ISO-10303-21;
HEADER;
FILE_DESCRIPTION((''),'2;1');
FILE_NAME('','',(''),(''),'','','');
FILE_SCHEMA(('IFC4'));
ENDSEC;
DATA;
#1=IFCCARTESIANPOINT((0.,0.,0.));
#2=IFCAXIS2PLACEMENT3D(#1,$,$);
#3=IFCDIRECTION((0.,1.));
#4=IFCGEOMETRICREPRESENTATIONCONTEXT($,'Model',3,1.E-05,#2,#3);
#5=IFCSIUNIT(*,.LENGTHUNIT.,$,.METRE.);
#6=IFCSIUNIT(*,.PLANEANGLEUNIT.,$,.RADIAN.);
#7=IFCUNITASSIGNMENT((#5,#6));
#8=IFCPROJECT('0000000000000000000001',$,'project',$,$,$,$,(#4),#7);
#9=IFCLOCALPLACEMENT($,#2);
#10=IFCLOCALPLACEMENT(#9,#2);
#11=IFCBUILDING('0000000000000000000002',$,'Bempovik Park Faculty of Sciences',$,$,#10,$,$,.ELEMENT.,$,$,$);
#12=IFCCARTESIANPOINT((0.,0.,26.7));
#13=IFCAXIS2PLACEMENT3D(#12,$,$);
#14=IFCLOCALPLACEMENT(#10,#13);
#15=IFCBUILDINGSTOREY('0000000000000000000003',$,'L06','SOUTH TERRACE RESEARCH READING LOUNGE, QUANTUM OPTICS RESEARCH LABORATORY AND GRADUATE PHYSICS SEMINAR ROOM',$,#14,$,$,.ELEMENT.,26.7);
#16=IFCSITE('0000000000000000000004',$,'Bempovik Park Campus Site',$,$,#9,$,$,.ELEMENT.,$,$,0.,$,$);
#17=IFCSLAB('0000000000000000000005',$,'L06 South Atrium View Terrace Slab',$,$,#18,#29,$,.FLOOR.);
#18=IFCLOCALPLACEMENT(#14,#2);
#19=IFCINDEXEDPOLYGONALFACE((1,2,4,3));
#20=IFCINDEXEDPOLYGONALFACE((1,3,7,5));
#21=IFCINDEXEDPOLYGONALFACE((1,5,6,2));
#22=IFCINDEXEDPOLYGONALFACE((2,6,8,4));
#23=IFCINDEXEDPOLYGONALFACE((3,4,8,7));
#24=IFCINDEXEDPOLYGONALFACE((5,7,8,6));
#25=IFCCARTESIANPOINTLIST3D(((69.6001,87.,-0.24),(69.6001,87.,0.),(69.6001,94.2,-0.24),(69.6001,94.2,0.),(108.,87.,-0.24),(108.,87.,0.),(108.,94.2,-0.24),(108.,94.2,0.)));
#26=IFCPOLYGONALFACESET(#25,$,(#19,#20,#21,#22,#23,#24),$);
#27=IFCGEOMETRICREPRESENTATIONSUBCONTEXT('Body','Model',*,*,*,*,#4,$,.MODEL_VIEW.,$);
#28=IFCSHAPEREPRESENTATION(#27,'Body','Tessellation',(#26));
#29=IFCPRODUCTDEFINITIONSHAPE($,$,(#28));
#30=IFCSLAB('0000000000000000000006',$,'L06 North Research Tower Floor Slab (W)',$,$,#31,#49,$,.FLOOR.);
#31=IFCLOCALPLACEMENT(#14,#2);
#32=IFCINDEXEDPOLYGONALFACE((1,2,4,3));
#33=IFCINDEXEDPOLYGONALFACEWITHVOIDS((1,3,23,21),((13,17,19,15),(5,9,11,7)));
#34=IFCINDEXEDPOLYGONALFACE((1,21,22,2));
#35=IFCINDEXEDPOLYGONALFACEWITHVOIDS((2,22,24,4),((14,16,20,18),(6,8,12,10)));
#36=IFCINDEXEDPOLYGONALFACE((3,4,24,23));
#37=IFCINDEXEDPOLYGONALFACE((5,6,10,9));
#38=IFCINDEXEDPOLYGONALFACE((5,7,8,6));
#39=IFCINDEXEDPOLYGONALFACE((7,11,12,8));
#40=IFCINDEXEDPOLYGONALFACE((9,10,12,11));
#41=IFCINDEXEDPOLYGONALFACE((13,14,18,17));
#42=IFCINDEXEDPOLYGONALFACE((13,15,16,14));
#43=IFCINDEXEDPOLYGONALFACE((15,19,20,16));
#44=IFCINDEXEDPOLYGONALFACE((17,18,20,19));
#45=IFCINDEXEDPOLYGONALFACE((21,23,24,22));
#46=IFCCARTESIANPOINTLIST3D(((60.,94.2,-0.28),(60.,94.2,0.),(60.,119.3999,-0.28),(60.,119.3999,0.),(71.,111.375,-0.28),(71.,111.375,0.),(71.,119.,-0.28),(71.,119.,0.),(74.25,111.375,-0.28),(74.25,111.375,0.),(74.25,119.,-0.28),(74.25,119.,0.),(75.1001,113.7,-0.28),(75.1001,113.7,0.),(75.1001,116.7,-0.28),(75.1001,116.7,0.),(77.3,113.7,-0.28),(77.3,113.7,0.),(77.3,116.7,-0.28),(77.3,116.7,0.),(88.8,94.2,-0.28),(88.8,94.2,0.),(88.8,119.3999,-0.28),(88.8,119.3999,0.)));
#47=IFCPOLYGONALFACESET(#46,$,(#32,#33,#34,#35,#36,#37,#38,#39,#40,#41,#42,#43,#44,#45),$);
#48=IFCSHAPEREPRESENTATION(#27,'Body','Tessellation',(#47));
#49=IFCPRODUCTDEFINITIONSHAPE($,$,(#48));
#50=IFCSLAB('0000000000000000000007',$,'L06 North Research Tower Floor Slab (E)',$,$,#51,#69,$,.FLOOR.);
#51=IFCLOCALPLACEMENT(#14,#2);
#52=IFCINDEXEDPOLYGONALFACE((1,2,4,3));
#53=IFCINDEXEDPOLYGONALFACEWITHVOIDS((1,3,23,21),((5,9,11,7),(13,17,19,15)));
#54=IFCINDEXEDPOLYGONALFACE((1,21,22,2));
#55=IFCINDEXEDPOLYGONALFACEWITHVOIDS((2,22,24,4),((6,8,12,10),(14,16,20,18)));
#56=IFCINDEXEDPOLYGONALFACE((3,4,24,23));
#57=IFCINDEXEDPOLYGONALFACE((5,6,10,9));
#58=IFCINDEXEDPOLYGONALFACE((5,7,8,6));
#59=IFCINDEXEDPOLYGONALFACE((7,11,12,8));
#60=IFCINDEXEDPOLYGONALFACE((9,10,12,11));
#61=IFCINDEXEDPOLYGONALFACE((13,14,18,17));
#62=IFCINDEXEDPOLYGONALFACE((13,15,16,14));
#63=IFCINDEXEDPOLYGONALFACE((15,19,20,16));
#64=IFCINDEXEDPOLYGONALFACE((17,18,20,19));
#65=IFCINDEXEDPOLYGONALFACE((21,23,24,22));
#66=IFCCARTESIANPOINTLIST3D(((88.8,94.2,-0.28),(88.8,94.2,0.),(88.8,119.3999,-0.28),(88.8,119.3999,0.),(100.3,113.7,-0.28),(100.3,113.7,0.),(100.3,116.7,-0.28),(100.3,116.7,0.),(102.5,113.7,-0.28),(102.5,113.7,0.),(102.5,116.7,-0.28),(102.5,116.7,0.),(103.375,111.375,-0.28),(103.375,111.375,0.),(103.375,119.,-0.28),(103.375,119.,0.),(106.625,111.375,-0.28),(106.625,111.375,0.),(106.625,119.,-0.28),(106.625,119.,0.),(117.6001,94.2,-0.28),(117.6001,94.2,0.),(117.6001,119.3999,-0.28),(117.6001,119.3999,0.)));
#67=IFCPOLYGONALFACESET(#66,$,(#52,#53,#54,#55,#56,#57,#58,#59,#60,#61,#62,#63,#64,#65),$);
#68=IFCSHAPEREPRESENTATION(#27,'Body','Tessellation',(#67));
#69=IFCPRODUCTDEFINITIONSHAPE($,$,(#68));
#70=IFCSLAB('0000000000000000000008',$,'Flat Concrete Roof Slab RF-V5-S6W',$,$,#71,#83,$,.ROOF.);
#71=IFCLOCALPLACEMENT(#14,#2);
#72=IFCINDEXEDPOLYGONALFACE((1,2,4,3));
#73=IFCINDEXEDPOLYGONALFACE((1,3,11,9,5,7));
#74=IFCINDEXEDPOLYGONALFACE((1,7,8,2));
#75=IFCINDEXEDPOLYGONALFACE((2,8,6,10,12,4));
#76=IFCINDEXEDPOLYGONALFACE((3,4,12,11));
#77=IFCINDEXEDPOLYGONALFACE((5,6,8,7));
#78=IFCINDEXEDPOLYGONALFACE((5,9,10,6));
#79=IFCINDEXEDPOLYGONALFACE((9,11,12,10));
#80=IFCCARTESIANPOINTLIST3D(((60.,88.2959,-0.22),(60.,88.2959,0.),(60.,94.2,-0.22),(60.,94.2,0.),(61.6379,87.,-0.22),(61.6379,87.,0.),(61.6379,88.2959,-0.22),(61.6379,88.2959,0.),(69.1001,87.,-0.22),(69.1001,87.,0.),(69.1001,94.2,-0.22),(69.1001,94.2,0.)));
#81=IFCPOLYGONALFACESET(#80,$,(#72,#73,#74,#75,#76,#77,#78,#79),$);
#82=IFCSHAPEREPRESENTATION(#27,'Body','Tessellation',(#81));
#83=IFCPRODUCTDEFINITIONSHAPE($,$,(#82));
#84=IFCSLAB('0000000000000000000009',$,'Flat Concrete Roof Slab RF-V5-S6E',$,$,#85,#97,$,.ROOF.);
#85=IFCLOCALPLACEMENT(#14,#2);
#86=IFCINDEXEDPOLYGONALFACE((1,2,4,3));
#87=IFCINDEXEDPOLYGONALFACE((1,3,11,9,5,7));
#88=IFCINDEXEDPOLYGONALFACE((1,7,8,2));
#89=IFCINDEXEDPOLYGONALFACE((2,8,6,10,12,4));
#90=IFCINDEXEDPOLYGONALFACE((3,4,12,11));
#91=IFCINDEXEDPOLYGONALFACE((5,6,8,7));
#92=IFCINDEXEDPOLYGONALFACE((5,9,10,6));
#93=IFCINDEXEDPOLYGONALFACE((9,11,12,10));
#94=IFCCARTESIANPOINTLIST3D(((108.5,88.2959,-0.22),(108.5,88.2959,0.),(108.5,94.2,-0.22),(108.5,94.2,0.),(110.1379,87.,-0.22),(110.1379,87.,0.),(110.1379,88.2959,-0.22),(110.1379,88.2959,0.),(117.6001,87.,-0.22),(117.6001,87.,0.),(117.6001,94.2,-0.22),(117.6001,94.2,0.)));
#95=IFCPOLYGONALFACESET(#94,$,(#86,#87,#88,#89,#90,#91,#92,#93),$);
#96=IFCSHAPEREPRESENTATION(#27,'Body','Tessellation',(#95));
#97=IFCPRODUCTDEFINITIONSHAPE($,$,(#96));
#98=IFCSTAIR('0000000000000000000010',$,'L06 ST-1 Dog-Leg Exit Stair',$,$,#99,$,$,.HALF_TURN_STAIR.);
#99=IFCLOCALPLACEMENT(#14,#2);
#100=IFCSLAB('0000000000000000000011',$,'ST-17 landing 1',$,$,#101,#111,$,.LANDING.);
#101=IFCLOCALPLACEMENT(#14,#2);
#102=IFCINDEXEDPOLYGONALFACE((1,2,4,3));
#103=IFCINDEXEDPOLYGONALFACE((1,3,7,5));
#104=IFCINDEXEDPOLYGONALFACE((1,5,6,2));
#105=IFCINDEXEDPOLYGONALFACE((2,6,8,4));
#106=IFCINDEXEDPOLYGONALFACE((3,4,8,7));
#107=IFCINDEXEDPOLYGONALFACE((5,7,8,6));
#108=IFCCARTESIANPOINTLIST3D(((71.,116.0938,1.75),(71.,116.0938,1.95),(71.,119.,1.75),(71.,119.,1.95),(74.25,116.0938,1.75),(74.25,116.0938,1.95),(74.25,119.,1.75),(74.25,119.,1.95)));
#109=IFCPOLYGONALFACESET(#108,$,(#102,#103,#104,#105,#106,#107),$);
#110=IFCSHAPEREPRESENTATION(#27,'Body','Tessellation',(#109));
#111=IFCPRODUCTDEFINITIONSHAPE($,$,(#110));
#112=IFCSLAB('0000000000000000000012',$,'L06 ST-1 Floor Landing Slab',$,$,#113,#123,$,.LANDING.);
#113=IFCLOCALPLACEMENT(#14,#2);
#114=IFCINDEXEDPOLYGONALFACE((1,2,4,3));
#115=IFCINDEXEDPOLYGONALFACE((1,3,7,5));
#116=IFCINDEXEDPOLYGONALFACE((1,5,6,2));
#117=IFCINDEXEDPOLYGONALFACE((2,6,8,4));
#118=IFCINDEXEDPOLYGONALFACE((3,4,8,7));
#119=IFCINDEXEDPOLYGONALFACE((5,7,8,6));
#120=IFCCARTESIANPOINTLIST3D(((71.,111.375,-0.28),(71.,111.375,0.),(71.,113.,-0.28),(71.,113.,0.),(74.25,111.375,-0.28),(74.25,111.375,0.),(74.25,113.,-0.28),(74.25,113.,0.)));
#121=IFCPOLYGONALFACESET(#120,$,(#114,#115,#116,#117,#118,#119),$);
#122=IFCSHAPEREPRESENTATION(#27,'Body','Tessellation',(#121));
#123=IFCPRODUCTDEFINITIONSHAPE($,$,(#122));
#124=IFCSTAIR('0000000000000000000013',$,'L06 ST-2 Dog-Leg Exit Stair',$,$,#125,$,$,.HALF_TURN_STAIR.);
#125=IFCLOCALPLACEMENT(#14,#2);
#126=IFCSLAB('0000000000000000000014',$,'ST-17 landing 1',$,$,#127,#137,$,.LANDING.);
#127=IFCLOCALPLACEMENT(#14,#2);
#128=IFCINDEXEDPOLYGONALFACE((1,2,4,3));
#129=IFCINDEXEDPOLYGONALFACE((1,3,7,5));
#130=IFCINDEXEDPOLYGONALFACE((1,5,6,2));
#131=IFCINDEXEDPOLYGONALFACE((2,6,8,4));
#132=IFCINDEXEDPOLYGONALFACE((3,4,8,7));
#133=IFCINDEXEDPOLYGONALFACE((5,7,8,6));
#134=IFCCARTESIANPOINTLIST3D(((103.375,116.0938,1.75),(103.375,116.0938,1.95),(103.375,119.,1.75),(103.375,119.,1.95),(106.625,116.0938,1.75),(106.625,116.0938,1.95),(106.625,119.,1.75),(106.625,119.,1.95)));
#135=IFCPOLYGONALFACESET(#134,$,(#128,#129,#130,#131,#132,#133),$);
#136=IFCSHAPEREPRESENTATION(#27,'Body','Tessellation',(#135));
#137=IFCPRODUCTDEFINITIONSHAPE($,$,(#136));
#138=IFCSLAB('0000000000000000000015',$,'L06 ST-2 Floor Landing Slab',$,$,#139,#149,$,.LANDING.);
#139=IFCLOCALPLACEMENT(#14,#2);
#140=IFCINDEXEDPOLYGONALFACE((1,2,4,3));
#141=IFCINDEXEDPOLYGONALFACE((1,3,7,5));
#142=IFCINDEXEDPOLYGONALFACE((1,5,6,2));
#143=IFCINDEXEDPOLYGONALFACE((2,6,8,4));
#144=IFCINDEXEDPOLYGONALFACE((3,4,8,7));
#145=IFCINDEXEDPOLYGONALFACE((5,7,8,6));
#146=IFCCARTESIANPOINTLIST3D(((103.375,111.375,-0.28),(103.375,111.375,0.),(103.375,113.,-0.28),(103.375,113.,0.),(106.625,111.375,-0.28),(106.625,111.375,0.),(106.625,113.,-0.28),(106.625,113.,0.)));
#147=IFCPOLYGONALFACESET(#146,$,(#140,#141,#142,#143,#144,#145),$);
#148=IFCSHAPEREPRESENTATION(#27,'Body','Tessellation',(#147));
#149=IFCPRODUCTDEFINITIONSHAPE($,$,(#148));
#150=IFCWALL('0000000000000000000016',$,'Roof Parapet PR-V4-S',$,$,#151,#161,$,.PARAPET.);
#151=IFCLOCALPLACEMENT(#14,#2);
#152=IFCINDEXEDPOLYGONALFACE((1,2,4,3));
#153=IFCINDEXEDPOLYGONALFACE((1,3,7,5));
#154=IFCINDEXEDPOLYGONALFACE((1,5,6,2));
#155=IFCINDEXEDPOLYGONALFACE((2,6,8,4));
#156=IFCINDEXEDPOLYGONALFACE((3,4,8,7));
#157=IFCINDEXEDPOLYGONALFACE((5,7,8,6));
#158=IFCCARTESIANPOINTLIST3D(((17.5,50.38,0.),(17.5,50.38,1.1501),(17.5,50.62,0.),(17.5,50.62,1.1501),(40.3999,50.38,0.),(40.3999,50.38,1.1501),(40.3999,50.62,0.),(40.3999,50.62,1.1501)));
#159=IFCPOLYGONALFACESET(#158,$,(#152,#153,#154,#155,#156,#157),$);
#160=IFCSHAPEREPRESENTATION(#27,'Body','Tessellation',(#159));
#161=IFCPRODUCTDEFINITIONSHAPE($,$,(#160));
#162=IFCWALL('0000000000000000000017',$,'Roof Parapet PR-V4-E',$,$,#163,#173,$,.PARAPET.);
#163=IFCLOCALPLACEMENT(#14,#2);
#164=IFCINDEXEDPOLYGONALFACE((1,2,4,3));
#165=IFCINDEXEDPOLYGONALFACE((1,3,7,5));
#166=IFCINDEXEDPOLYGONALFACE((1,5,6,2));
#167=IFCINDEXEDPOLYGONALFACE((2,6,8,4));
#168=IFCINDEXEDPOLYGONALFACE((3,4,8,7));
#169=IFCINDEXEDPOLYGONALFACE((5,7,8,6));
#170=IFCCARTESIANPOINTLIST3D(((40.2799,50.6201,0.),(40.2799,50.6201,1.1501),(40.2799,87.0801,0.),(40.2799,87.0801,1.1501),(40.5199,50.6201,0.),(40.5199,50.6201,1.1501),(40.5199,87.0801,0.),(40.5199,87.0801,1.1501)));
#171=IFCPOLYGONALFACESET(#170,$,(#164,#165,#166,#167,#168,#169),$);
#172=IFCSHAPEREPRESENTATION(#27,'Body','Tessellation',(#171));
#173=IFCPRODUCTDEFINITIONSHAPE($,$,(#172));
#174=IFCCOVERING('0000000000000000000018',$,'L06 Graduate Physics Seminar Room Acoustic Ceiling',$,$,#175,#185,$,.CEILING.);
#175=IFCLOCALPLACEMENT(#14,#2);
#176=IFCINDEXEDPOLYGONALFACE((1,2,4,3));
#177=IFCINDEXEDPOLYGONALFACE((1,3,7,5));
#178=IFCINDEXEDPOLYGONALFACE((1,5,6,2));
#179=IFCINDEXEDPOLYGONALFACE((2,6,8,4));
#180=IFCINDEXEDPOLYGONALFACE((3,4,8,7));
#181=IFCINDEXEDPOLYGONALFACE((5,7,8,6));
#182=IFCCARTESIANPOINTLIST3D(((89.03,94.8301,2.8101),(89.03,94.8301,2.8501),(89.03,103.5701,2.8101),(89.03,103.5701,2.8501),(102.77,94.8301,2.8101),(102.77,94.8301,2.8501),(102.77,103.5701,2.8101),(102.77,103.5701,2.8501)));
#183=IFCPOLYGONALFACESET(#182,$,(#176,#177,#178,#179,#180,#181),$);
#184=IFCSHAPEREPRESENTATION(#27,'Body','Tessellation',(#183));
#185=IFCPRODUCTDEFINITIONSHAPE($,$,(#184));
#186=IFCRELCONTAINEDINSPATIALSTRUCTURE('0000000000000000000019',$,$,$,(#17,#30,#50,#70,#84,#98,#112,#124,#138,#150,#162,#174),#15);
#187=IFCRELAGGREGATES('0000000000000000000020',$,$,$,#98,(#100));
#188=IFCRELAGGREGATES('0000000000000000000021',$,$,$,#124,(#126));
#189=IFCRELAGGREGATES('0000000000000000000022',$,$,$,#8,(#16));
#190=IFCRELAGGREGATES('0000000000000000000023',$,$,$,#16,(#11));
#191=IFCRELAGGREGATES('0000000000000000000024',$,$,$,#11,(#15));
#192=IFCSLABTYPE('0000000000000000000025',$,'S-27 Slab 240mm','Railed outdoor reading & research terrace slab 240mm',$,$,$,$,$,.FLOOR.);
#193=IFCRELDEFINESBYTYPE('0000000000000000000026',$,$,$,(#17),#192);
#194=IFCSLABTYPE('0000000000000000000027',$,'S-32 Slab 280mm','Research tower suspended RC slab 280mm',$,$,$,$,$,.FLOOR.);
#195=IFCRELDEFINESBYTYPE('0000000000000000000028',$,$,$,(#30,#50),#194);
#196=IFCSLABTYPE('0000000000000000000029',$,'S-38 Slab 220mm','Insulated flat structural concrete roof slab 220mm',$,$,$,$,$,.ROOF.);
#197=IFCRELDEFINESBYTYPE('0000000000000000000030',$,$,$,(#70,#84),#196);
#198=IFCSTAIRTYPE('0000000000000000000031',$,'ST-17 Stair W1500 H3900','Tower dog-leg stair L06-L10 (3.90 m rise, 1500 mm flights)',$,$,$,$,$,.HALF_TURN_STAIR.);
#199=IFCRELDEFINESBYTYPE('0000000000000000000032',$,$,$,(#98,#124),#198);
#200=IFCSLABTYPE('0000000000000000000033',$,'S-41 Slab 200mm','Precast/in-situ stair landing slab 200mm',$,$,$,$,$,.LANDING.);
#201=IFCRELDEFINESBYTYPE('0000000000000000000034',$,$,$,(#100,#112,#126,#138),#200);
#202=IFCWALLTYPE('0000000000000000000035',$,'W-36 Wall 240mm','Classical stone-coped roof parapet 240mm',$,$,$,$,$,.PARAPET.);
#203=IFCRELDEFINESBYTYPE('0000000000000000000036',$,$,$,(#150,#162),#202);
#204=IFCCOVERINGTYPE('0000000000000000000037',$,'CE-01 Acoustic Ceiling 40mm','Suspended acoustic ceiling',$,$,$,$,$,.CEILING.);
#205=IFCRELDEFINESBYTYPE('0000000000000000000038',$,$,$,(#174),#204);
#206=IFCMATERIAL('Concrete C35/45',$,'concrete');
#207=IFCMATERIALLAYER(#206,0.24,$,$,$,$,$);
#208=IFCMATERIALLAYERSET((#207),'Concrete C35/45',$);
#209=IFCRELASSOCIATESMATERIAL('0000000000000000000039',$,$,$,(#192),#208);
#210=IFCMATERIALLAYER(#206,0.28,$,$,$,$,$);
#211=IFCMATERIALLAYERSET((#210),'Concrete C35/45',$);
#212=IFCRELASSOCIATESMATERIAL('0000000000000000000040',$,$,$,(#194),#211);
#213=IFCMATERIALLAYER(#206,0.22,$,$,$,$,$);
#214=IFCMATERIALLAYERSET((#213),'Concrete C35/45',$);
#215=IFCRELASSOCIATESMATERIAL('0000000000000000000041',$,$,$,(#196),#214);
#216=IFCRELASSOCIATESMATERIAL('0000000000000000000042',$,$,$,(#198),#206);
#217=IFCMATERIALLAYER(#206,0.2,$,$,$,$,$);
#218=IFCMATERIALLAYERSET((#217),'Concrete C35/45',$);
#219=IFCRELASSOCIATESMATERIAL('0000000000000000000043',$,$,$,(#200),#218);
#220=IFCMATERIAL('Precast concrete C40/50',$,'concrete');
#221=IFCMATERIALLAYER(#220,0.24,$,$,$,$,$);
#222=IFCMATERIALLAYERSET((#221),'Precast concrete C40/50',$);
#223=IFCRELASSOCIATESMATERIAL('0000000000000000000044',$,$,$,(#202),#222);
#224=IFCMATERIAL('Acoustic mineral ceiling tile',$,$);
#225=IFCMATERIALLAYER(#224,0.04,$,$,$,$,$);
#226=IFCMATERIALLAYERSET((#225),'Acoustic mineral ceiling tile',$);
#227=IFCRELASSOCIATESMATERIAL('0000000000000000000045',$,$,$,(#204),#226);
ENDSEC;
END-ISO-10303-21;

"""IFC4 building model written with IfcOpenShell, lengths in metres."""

from ifc_helpers import new_model, si_unit, direction, frame, frame_2d, origin, place, context, subcontext, project, spatial, polyline, rectangle, outline, extrude, material, layer, layer_set, type_object, element, aggregate, save


model = new_model("IFC4")

# Units and contexts
model_context = context("Model", 3, precision=1e-05, world=origin(), true_north=direction((0.0, 1.0)))
body_context = subcontext(model_context, "Body", "Model", "MODEL_VIEW")
ifc_project = project(units=[si_unit("LENGTHUNIT", "METRE"), si_unit("PLANEANGLEUNIT", "RADIAN")], contexts=[model_context])

# Site, building, storey
site_placement = place(None, origin())
site = spatial("IfcSite", under=ifc_project, at=site_placement, Name="Bempovik Park Campus Site", CompositionType="ELEMENT", RefElevation=0.0)
building_placement = place(site_placement, origin())
building = spatial("IfcBuilding", under=site, at=building_placement, Name="Bempovik Park Faculty of Sciences", CompositionType="ELEMENT")
storey_placement = place(building_placement, frame((0.0, 0.0, 26.7)))
storey = spatial("IfcBuildingStorey", under=building, at=storey_placement, Name="L06", Description="SOUTH TERRACE RESEARCH READING LOUNGE, QUANTUM OPTICS RESEARCH LABORATORY AND GRADUATE PHYSICS SEMINAR ROOM", CompositionType="ELEMENT", Elevation=26.7)

# Slabs
ifc_material_1 = material(Name="Concrete C35/45", Category="concrete")
ifc_layer_1 = layer(ifc_material_1, 0.24)
ifc_layer_set_1 = layer_set([ifc_layer_1], Name="Concrete C35/45")
slab_type_1 = type_object("IfcSlabType", Name="S-27 Slab 240mm", Description="Railed outdoor reading & research terrace slab 240mm", PredefinedType="FLOOR", material=ifc_layer_set_1)
slab_1_placement = place(storey_placement, frame((0.0, 0.0, -0.24)))
element("IfcSlab", 1, at=slab_1_placement, inside=storey, type_object=slab_type_1, Name="L06 South Atrium View Terrace Slab", PredefinedType="FLOOR", context=body_context, shape_type="SweptSolid", body=[
    extrude(outline(polyline([(69.6001, 87.0), (108.0, 87.0), (108.0, 94.2), (69.6001, 94.2), (69.6001, 87.0)])), origin(), (0.0, 0.0, 1.0), 0.24),
])
ifc_layer_2 = layer(ifc_material_1, 0.28)
ifc_layer_set_2 = layer_set([ifc_layer_2], Name="Concrete C35/45")
slab_type_2 = type_object("IfcSlabType", Name="S-32 Slab 280mm", Description="Research tower suspended RC slab 280mm", PredefinedType="FLOOR", material=ifc_layer_set_2)
slab_2_placement = place(storey_placement, frame((0.0, 0.0, -0.28)))
element("IfcSlab", 2, at=slab_2_placement, inside=storey, type_object=slab_type_2, Name="L06 North Research Tower Floor Slab (W)", PredefinedType="FLOOR", context=body_context, shape_type="SweptSolid", body=[
    extrude(outline(polyline([(60.0, 94.2), (88.8, 94.2), (88.8, 119.3999), (60.0, 119.3999), (60.0, 94.2)]), holes=[polyline([(71.0, 111.375), (74.25, 111.375), (74.25, 119.0), (71.0, 119.0), (71.0, 111.375)]), polyline([(75.1001, 113.7), (77.3, 113.7), (77.3, 116.7), (75.1001, 116.7), (75.1001, 113.7)])]), origin(), (0.0, 0.0, 1.0), 0.28),
])
slab_3_placement = place(storey_placement, frame((0.0, 0.0, -0.28)))
element("IfcSlab", 3, at=slab_3_placement, inside=storey, type_object=slab_type_2, Name="L06 North Research Tower Floor Slab (E)", PredefinedType="FLOOR", context=body_context, shape_type="SweptSolid", body=[
    extrude(outline(polyline([(88.8, 94.2), (117.6001, 94.2), (117.6001, 119.3999), (88.8, 119.3999), (88.8, 94.2)]), holes=[polyline([(103.375, 111.375), (106.625, 111.375), (106.625, 119.0), (103.375, 119.0), (103.375, 111.375)]), polyline([(100.3, 113.7), (102.5, 113.7), (102.5, 116.7), (100.3, 116.7), (100.3, 113.7)])]), origin(), (0.0, 0.0, 1.0), 0.28),
])

# Shared definitions
ifc_layer_3 = layer(ifc_material_1, 0.22)
ifc_layer_set_3 = layer_set([ifc_layer_3], Name="Concrete C35/45")
slab_type_3 = type_object("IfcSlabType", Name="S-38 Slab 220mm", Description="Insulated flat structural concrete roof slab 220mm", PredefinedType="ROOF", material=ifc_layer_set_3)

# Slabs
slab_4_placement = place(storey_placement, frame((0.0, 0.0, -0.22)))
element("IfcSlab", 4, at=slab_4_placement, inside=storey, type_object=slab_type_3, Name="Flat Concrete Roof Slab RF-V5-S6W", PredefinedType="ROOF", context=body_context, shape_type="SweptSolid", body=[
    extrude(outline(polyline([(61.6379, 87.0), (69.1001, 87.0), (69.1001, 94.2), (60.0, 94.2), (60.0, 88.2959), (61.6379, 88.2959), (61.6379, 87.0)])), origin(), (0.0, 0.0, 1.0), 0.22),
])
slab_5_placement = place(storey_placement, frame((0.0, 0.0, -0.22)))
element("IfcSlab", 5, at=slab_5_placement, inside=storey, type_object=slab_type_3, Name="Flat Concrete Roof Slab RF-V5-S6E", PredefinedType="ROOF", context=body_context, shape_type="SweptSolid", body=[
    extrude(outline(polyline([(110.1379, 87.0), (117.6001, 87.0), (117.6001, 94.2), (108.5, 94.2), (108.5, 88.2959), (110.1379, 88.2959), (110.1379, 87.0)])), origin(), (0.0, 0.0, 1.0), 0.22),
])

# Stair, slab
stair_type = type_object("IfcStairType", Name="ST-17 Stair W1500 H3900", Description="Tower dog-leg stair L06-L10 (3.90 m rise, 1500 mm flights)", PredefinedType="HALF_TURN_STAIR", material=ifc_material_1)
stair_1_placement = place(storey_placement, origin())
stair_1 = element("IfcStair", 6, at=stair_1_placement, inside=storey, type_object=stair_type, Name="L06 ST-1 Dog-Leg Exit Stair", PredefinedType="HALF_TURN_STAIR")
ifc_layer_4 = layer(ifc_material_1, 0.2)
ifc_layer_set_4 = layer_set([ifc_layer_4], Name="Concrete C35/45")
slab_type_4 = type_object("IfcSlabType", Name="S-41 Slab 200mm", Description="Precast/in-situ stair landing slab 200mm", PredefinedType="LANDING", material=ifc_layer_set_4)
slab_6_placement = place(storey_placement, frame((0.0, 0.0, 1.75)))
slab_6 = element("IfcSlab", 7, at=slab_6_placement, type_object=slab_type_4, Name="ST-17 landing 1", PredefinedType="LANDING", context=body_context, shape_type="SweptSolid", body=[
    extrude(outline(polyline([(74.25, 116.0938), (74.25, 119.0), (71.0, 119.0), (71.0, 116.0938), (74.25, 116.0938)])), origin(), (0.0, 0.0, 1.0), 0.2),
])
aggregate(stair_1, [slab_6])

# Slab
slab_7_placement = place(storey_placement, frame((0.0, 0.0, -0.28)))
element("IfcSlab", 8, at=slab_7_placement, inside=storey, type_object=slab_type_4, Name="L06 ST-1 Floor Landing Slab", PredefinedType="LANDING", context=body_context, shape_type="SweptSolid", body=[
    extrude(outline(polyline([(74.25, 111.375), (74.25, 113.0), (71.0, 113.0), (71.0, 111.375), (74.25, 111.375)])), origin(), (0.0, 0.0, 1.0), 0.28),
])

# Stair, slab
stair_2_placement = place(storey_placement, origin())
stair_2 = element("IfcStair", 9, at=stair_2_placement, inside=storey, type_object=stair_type, Name="L06 ST-2 Dog-Leg Exit Stair", PredefinedType="HALF_TURN_STAIR")
slab_8_placement = place(storey_placement, frame((0.0, 0.0, 1.75)))
slab_8 = element("IfcSlab", 10, at=slab_8_placement, type_object=slab_type_4, Name="ST-17 landing 1", PredefinedType="LANDING", context=body_context, shape_type="SweptSolid", body=[
    extrude(outline(polyline([(106.625, 116.0938), (106.625, 119.0), (103.375, 119.0), (103.375, 116.0938), (106.625, 116.0938)])), origin(), (0.0, 0.0, 1.0), 0.2),
])
aggregate(stair_2, [slab_8])

# Slab
slab_9_placement = place(storey_placement, frame((0.0, 0.0, -0.28)))
element("IfcSlab", 11, at=slab_9_placement, inside=storey, type_object=slab_type_4, Name="L06 ST-2 Floor Landing Slab", PredefinedType="LANDING", context=body_context, shape_type="SweptSolid", body=[
    extrude(outline(polyline([(106.625, 111.375), (106.625, 113.0), (103.375, 113.0), (103.375, 111.375), (106.625, 111.375)])), origin(), (0.0, 0.0, 1.0), 0.28),
])

# Walls
ifc_material_2 = material(Name="Precast concrete C40/50", Category="concrete")
ifc_layer_5 = layer(ifc_material_2, 0.24)
ifc_layer_set_5 = layer_set([ifc_layer_5], Name="Precast concrete C40/50")
wall_type = type_object("IfcWallType", Name="W-36 Wall 240mm", Description="Classical stone-coped roof parapet 240mm", PredefinedType="PARAPET", material=ifc_layer_set_5)
wall_1_placement = place(storey_placement, frame((17.5, 50.5, 0.0), z_axis=(0.0, 0.0, 1.0), x_axis=(1.0, 0.0, 0.0)))
element("IfcWall", 12, at=wall_1_placement, inside=storey, type_object=wall_type, Name="Roof Parapet PR-V4-S", PredefinedType="PARAPET", context=body_context, shape_type="SweptSolid", body=[
    extrude(rectangle(XDim=22.8999, YDim=0.24, at=frame_2d((11.45, 0.0))), origin(), (0.0, 0.0, 1.0), 1.1501),
])
wall_2_placement = place(storey_placement, frame((40.3999, 50.6201, 0.0), z_axis=(0.0, 0.0, 1.0), x_axis=(0.0, 1.0, 0.0)))
element("IfcWall", 13, at=wall_2_placement, inside=storey, type_object=wall_type, Name="Roof Parapet PR-V4-E", PredefinedType="PARAPET", context=body_context, shape_type="SweptSolid", body=[
    extrude(rectangle(XDim=36.46, YDim=0.24, at=frame_2d((18.23, 0.0))), origin(), (0.0, 0.0, 1.0), 1.1501),
])

# Covering
ifc_material_3 = material(Name="Acoustic mineral ceiling tile")
ifc_layer_6 = layer(ifc_material_3, 0.04)
ifc_layer_set_6 = layer_set([ifc_layer_6], Name="Acoustic mineral ceiling tile")
covering_type_1 = type_object("IfcCoveringType", Name="CE-01 Acoustic Ceiling 40mm", Description="Suspended acoustic ceiling", PredefinedType="CEILING", material=ifc_layer_set_6)
covering_1_placement = place(storey_placement, frame((0.0, 0.0, 2.8101)))
element("IfcCovering", 14, at=covering_1_placement, inside=storey, type_object=covering_type_1, Name="L06 Graduate Physics Seminar Room Acoustic Ceiling", PredefinedType="CEILING", context=body_context, shape_type="SweptSolid", body=[
    extrude(outline(polyline([(89.03, 94.8301), (102.77, 94.8301), (102.77, 103.5701), (89.03, 103.5701), (89.03, 94.8301)])), origin(), (0.0, 0.0, 1.0), 0.04),
])

save(model, "model.ifc")
